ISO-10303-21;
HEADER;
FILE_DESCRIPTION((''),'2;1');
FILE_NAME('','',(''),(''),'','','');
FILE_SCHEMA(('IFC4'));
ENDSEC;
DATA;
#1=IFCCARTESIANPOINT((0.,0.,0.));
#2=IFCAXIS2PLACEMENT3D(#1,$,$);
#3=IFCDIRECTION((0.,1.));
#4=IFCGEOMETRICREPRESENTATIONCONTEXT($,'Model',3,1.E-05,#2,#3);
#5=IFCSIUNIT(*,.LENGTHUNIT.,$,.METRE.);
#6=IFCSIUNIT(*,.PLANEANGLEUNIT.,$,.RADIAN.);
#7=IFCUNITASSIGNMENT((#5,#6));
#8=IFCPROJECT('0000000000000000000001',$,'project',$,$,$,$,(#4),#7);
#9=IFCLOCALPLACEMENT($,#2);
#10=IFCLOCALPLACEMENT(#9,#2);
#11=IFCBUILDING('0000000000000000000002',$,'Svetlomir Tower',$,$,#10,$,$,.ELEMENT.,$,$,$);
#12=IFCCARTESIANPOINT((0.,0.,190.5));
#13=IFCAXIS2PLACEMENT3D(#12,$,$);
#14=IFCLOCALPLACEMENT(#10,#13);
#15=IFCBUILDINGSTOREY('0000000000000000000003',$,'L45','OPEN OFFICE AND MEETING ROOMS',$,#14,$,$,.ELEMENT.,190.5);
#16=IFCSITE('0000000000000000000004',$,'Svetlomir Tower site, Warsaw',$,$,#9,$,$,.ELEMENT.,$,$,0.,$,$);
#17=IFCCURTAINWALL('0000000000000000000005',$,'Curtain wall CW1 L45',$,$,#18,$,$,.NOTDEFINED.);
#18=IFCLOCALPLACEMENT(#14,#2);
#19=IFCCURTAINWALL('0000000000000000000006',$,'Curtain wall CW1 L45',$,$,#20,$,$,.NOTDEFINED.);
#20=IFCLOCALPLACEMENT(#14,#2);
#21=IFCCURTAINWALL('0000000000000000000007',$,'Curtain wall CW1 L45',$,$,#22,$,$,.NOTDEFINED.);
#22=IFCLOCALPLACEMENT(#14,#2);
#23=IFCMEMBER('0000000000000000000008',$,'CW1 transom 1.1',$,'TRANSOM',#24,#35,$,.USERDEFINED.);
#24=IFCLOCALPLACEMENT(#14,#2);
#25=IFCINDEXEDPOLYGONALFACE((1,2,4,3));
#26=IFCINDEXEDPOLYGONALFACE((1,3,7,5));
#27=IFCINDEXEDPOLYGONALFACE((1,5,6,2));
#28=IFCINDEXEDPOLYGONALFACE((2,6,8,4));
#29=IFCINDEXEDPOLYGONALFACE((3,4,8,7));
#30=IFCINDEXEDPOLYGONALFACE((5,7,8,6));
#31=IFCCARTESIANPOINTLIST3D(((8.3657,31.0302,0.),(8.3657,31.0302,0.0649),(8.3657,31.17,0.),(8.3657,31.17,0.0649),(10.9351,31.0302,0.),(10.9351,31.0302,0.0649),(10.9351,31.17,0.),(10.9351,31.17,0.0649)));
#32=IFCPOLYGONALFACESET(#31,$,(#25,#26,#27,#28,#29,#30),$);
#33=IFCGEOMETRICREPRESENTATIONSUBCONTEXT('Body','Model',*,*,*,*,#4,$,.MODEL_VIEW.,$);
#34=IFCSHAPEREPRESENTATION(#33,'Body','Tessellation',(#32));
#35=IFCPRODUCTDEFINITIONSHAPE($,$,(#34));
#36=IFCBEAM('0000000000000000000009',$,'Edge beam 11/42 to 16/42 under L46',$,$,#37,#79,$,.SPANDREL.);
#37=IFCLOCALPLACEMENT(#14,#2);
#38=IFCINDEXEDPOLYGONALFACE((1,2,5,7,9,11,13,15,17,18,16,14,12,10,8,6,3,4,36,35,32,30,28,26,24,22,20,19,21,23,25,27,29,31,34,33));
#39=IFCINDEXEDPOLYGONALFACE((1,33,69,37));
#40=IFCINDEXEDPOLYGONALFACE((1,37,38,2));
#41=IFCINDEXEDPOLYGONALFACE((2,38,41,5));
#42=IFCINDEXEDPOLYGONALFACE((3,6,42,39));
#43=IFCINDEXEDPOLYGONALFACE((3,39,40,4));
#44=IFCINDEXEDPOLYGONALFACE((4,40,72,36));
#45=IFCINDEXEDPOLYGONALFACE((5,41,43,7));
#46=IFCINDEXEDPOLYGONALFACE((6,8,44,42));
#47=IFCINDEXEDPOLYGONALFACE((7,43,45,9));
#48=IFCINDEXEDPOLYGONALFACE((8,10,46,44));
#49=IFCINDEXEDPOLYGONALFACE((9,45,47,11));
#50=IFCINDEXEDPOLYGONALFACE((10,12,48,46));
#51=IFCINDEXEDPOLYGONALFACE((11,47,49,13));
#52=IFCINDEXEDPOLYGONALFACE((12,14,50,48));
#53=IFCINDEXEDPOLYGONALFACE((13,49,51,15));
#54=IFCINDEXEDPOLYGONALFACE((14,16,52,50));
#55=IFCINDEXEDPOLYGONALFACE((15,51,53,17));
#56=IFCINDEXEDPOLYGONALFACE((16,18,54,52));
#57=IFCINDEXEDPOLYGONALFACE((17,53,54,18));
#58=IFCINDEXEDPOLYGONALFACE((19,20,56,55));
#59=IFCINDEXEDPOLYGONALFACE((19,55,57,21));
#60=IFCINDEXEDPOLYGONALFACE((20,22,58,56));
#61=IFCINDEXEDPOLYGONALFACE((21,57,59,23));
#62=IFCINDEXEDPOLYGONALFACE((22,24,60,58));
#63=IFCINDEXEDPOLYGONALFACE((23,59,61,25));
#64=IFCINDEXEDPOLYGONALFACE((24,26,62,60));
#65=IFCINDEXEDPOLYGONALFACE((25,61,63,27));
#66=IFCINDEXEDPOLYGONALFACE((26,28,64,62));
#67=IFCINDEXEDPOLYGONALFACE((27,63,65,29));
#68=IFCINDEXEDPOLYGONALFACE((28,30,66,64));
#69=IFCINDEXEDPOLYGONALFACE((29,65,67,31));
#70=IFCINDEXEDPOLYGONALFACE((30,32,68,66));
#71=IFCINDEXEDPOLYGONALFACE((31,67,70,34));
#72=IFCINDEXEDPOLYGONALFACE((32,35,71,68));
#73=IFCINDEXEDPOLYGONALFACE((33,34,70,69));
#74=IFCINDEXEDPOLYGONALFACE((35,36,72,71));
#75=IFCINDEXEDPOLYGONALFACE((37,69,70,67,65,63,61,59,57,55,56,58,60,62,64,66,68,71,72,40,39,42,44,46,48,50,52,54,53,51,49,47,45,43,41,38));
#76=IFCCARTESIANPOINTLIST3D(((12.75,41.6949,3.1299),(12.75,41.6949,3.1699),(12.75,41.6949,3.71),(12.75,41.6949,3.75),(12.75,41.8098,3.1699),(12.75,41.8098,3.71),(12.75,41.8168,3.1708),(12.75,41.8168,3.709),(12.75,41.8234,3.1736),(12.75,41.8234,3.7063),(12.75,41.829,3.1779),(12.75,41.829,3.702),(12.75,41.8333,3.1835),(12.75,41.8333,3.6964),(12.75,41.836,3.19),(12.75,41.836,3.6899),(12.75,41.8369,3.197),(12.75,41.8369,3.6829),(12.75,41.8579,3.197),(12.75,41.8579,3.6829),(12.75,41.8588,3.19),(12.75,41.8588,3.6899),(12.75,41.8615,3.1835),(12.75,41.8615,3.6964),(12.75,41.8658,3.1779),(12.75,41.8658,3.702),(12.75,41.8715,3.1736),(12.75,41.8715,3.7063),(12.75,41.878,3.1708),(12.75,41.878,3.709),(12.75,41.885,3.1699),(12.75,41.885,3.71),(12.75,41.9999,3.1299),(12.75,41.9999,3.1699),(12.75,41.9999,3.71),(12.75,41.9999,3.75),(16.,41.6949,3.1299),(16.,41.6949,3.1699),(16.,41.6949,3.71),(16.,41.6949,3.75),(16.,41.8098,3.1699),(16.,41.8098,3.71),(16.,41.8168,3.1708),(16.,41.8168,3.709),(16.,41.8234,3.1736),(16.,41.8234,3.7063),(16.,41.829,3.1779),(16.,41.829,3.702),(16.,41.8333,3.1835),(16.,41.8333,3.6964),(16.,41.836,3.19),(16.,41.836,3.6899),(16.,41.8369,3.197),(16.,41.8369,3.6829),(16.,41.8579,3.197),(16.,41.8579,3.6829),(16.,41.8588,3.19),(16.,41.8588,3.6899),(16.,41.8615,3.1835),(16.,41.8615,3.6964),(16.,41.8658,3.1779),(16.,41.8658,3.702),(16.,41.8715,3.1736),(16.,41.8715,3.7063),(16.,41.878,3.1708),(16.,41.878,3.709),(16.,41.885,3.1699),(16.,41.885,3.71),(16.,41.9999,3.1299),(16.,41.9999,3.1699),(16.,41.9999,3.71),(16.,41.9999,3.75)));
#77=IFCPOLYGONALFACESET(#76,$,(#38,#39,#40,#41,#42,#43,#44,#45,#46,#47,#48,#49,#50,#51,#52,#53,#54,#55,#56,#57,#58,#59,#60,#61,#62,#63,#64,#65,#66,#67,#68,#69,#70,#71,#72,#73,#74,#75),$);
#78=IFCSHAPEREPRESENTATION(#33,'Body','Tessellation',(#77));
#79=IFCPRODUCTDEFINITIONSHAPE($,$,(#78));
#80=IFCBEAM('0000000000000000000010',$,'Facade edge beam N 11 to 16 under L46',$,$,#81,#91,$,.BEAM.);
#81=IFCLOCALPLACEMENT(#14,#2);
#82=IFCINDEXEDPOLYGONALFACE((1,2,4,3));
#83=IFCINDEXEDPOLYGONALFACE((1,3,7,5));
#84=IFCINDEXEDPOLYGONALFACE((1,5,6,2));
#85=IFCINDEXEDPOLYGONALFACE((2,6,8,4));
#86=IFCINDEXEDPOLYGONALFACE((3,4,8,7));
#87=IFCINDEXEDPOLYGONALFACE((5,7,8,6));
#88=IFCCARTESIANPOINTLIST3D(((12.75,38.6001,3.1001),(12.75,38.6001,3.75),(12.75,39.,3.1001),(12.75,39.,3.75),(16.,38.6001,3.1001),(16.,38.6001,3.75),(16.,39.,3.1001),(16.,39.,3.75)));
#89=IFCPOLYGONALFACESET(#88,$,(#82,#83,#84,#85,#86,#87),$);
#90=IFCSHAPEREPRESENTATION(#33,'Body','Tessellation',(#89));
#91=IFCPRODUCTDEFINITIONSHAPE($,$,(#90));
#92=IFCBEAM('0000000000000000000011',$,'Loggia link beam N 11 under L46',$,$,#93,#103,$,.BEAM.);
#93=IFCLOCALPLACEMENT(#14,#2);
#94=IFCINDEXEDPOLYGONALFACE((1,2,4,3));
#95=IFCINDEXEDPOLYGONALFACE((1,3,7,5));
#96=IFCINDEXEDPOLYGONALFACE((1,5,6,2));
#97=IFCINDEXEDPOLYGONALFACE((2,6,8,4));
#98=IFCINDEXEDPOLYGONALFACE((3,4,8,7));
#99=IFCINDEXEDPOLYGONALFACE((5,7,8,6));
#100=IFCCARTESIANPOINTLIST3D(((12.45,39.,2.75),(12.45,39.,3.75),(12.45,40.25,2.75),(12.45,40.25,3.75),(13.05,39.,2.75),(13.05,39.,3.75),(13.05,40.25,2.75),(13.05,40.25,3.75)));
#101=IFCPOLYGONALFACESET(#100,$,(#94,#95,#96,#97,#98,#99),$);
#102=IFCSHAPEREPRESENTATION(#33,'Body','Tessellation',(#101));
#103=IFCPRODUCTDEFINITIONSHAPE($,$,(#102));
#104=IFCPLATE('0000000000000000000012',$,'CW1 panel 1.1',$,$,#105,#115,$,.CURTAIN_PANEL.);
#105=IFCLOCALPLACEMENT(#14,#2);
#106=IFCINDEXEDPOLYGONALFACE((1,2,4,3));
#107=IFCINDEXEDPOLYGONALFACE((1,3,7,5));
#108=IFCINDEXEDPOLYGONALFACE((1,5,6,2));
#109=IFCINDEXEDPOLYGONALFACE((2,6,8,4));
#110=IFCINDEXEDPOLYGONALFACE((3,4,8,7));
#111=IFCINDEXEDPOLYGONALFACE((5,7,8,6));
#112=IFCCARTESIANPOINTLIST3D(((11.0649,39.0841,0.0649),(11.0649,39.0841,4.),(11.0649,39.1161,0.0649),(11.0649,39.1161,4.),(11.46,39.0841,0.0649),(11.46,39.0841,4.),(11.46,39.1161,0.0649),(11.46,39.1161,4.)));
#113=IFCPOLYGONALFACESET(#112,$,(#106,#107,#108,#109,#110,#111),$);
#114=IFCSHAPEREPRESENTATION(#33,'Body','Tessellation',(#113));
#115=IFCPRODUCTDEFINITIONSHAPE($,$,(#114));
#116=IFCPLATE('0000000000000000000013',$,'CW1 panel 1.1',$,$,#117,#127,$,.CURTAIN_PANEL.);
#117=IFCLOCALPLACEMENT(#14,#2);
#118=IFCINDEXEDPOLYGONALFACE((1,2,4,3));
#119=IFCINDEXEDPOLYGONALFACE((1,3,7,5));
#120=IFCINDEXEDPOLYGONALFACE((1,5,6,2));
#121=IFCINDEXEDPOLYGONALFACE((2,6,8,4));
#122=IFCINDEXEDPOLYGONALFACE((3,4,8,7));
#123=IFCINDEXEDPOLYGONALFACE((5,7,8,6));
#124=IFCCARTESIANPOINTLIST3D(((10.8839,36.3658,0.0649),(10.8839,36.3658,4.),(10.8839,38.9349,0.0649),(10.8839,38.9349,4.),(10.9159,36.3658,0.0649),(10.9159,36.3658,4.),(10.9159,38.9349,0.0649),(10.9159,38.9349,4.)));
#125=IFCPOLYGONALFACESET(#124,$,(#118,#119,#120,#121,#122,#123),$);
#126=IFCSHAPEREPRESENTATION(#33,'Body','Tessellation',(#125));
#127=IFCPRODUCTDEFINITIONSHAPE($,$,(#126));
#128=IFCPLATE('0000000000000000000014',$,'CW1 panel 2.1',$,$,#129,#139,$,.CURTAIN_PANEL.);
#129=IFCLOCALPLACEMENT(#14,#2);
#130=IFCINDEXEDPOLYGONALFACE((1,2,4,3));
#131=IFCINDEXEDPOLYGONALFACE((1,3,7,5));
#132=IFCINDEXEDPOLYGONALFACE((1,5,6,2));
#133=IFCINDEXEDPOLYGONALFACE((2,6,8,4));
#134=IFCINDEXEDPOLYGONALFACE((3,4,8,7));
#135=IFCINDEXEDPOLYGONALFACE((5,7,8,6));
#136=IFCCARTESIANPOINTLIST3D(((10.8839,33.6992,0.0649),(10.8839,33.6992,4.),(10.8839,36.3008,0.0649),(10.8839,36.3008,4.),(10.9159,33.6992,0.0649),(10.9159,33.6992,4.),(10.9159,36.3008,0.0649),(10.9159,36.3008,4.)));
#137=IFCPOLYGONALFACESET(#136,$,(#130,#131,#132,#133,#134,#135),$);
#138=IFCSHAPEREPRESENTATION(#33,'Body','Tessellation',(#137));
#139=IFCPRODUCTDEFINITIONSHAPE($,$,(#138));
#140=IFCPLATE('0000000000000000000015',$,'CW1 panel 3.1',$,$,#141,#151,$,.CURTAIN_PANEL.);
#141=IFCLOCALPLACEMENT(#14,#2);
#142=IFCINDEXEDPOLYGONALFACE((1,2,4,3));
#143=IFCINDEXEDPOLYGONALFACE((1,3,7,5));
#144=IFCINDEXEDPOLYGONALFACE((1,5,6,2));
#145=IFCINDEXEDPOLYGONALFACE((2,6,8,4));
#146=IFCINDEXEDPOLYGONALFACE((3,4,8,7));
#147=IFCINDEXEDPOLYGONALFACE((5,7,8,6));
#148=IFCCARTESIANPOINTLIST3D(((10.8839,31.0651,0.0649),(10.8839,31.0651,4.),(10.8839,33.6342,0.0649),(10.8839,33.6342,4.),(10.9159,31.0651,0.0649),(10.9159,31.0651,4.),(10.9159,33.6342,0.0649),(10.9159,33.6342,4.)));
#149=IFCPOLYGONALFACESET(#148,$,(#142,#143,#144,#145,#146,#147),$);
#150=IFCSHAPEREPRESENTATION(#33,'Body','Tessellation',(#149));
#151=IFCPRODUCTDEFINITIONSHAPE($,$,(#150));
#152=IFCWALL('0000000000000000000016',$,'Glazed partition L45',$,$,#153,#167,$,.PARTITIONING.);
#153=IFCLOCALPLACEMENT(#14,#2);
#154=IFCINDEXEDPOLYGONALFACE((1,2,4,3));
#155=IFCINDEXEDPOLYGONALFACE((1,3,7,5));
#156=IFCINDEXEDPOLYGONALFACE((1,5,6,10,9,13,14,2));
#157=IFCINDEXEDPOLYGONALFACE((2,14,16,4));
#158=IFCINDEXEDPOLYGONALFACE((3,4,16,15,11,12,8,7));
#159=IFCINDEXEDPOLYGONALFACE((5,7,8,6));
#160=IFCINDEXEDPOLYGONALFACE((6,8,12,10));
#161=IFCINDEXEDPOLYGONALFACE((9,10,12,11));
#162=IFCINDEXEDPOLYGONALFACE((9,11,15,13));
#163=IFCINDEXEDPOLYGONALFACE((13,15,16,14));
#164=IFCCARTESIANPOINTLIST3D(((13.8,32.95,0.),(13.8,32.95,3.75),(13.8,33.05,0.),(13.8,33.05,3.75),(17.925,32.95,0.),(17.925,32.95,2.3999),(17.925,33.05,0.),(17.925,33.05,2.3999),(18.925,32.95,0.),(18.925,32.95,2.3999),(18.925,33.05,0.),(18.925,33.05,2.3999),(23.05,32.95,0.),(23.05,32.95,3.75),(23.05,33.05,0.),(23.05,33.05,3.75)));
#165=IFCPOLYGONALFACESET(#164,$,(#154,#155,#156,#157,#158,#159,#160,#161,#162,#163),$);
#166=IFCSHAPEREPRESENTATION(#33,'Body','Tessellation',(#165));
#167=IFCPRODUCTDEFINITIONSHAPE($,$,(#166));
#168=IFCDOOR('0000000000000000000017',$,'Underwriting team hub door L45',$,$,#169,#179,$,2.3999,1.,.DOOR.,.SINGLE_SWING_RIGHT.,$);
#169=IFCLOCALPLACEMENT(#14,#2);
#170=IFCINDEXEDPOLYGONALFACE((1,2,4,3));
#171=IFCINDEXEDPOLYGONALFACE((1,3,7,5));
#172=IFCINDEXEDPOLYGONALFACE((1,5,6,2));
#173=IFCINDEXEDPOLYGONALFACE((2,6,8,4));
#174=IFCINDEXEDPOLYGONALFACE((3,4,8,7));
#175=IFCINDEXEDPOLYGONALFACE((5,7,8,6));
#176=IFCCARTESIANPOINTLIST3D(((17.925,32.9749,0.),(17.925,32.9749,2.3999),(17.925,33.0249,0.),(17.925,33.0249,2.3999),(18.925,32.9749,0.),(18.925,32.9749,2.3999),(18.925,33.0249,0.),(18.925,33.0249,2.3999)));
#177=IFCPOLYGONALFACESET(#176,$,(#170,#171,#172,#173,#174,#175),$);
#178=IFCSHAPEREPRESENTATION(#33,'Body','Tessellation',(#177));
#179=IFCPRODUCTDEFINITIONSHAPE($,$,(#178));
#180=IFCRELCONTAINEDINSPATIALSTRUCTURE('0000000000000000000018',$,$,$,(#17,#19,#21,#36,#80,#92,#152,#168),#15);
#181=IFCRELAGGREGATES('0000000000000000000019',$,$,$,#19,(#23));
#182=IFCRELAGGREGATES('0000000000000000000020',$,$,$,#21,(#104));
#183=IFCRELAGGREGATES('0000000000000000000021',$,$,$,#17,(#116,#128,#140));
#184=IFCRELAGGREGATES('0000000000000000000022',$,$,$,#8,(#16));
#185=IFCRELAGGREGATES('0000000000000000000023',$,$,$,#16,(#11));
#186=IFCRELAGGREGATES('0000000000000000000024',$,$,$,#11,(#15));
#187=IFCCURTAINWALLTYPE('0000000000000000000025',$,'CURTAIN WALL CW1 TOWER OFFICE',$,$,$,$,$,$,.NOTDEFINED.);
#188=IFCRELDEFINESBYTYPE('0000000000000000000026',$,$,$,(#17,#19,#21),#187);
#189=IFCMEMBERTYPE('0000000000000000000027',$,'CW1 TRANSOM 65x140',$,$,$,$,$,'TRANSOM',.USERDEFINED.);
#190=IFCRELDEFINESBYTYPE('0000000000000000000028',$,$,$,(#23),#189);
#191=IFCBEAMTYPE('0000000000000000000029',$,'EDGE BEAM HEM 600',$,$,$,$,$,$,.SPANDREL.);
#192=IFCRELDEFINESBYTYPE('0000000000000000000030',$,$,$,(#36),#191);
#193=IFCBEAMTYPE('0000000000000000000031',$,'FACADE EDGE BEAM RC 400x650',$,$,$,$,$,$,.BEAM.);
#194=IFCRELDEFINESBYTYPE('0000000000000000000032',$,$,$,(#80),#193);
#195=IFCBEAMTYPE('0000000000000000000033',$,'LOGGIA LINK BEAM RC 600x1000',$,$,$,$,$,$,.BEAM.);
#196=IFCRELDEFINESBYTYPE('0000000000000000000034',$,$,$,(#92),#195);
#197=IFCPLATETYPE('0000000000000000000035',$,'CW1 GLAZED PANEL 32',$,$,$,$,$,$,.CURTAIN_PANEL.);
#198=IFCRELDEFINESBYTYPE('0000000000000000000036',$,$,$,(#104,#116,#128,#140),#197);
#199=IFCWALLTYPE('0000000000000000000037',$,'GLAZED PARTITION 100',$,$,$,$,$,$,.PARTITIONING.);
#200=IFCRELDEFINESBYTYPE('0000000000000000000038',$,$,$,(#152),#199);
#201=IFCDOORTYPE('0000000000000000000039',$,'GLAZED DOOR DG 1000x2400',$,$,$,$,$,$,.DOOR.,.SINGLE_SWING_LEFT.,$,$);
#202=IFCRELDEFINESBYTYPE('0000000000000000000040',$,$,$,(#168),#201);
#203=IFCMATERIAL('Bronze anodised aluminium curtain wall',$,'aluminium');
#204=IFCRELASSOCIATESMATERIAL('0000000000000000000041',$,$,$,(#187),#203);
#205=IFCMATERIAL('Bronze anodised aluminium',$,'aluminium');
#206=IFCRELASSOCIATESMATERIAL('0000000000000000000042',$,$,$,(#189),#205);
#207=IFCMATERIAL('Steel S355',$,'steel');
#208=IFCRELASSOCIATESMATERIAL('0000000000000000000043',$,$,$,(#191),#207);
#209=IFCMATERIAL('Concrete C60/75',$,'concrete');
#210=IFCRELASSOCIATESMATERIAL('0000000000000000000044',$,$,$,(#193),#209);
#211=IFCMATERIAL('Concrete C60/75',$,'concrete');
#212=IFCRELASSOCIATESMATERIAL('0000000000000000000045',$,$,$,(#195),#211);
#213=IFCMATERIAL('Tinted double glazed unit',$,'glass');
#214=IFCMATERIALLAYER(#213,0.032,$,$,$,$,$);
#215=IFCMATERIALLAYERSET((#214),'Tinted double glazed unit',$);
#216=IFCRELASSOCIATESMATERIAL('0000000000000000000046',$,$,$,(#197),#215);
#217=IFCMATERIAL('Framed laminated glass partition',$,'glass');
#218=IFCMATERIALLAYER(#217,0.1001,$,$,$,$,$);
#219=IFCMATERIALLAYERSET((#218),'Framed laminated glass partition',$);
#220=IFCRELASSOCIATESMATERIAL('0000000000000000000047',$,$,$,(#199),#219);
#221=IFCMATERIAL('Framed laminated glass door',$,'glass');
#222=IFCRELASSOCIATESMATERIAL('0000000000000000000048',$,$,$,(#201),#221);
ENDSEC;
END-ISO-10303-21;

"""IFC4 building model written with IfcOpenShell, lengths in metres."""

from ifc_helpers import new_model, si_unit, direction, frame, frame_2d, origin, origin_2d, place, context, subcontext, project, spatial, rectangle, i_section, extrude, material, layer, layer_set, material_profile, profile_set, type_object, element, fill, aggregate, save


model = new_model("IFC4")

# Units and contexts
model_context = context("Model", 3, precision=1e-05, world=origin(), true_north=direction((0.0, 1.0)))
body_context = subcontext(model_context, "Body", "Model", "MODEL_VIEW")
ifc_project = project(units=[si_unit("LENGTHUNIT", "METRE"), si_unit("PLANEANGLEUNIT", "RADIAN")], contexts=[model_context])

# Site, building, storey
site_placement = place(None, origin())
site = spatial("IfcSite", under=ifc_project, at=site_placement, Name="Svetlomir Tower site, Warsaw", CompositionType="ELEMENT", RefElevation=0.0)
building_placement = place(site_placement, origin())
building = spatial("IfcBuilding", under=site, at=building_placement, Name="Svetlomir Tower", CompositionType="ELEMENT")
storey_placement = place(building_placement, frame((0.0, 0.0, 190.5)))
storey = spatial("IfcBuildingStorey", under=building, at=storey_placement, Name="L45", Description="OPEN OFFICE AND MEETING ROOMS", CompositionType="ELEMENT", Elevation=190.5)

# Curtain walls
ifc_material_1 = material(Name="Bronze anodised aluminium curtain wall", Category="aluminium")
curtain_wall_type = type_object("IfcCurtainWallType", Name="CURTAIN WALL CW1 TOWER OFFICE", PredefinedType="NOTDEFINED", material=ifc_material_1)
curtain_wall_1_placement = place(storey_placement, origin())
curtain_wall_1 = element("IfcCurtainWall", 1, at=curtain_wall_1_placement, inside=storey, type_object=curtain_wall_type, Name="Curtain wall CW1 L45", PredefinedType="NOTDEFINED")
curtain_wall_2_placement = place(storey_placement, origin())
curtain_wall_2 = element("IfcCurtainWall", 2, at=curtain_wall_2_placement, inside=storey, type_object=curtain_wall_type, Name="Curtain wall CW1 L45", PredefinedType="NOTDEFINED")

# Curtain wall
curtain_wall_3_placement = place(storey_placement, origin())
curtain_wall_3 = element("IfcCurtainWall", 3, at=curtain_wall_3_placement, inside=storey, type_object=curtain_wall_type, Name="Curtain wall CW1 L45", PredefinedType="NOTDEFINED")

# Member
ifc_material_2 = material(Name="Bronze anodised aluminium", Category="aluminium")
ifc_material_profile_1 = material_profile(ifc_material_2, rectangle(XDim=0.1399, YDim=0.0649, at=origin_2d()), Name="AL 140x65")
ifc_profile_set_1 = profile_set([ifc_material_profile_1], Name="Bronze anodised aluminium 6063-T6")
member_type_1 = type_object("IfcMemberType", Name="CW1 TRANSOM 65x140", ElementType="TRANSOM", PredefinedType="USERDEFINED", material=ifc_profile_set_1)
member_1_placement = place(storey_placement, frame((10.9351, 31.1001, 0.0325), z_axis=(-1.0, 0.0, 0.0), x_axis=(0.0, -1.0, 0.0)))
member_1 = element("IfcMember", 4, at=member_1_placement, type_object=member_type_1, Name="CW1 transom 1.1", ObjectType="TRANSOM", PredefinedType="USERDEFINED", context=body_context, shape_type="SweptSolid", body=[
    extrude(rectangle(XDim=0.1399, YDim=0.0649, at=origin_2d()), origin(), (0.0, 0.0, 1.0), 2.5693),
])
aggregate(curtain_wall_2, [member_1])

# Beams
ifc_material_3 = material(Name="Steel S355", Category="steel")
ifc_material_profile_2 = material_profile(ifc_material_3, i_section(OverallWidth=0.3049, OverallDepth=0.6201, WebThickness=0.021, FlangeThickness=0.04, FilletRadius=0.0271, at=origin_2d()), Name="HEM 600")
ifc_profile_set_2 = profile_set([ifc_material_profile_2], Name="Steel S355")
beam_type_1 = type_object("IfcBeamType", Name="EDGE BEAM HEM 600", PredefinedType="SPANDREL", material=ifc_profile_set_2)
beam_1_placement = place(storey_placement, frame((12.75, 41.8474, 3.4399), z_axis=(1.0, 0.0, 0.0), x_axis=(0.0, 1.0, 0.0)))
element("IfcBeam", 5, at=beam_1_placement, inside=storey, type_object=beam_type_1, Name="Edge beam 11/42 to 16/42 under L46", PredefinedType="SPANDREL", context=body_context, shape_type="SweptSolid", body=[
    extrude(i_section(OverallWidth=0.3049, OverallDepth=0.6201, WebThickness=0.021, FlangeThickness=0.04, FilletRadius=0.0271, at=origin_2d()), origin(), (0.0, 0.0, 1.0), 3.25),
])
ifc_material_4 = material(Name="Concrete C60/75", Category="concrete")
ifc_material_profile_3 = material_profile(ifc_material_4, rectangle(XDim=0.3999, YDim=0.6499, at=origin_2d()), Name="RC 400x650")
ifc_profile_set_3 = profile_set([ifc_material_profile_3], Name="Concrete C60/75")
beam_type_2 = type_object("IfcBeamType", Name="FACADE EDGE BEAM RC 400x650", PredefinedType="BEAM", material=ifc_profile_set_3)
beam_2_placement = place(storey_placement, frame((12.75, 38.8, 3.425), z_axis=(1.0, 0.0, 0.0), x_axis=(0.0, 1.0, 0.0)))
element("IfcBeam", 6, at=beam_2_placement, inside=storey, type_object=beam_type_2, Name="Facade edge beam N 11 to 16 under L46", PredefinedType="BEAM", context=body_context, shape_type="SweptSolid", body=[
    extrude(rectangle(XDim=0.3999, YDim=0.6499, at=origin_2d()), origin(), (0.0, 0.0, 1.0), 3.25),
])
ifc_material_5 = material(Name="Concrete C60/75", Category="concrete")
ifc_material_profile_4 = material_profile(ifc_material_5, rectangle(XDim=0.6001, YDim=1.0, at=origin_2d()), Name="RC 600x1000")
ifc_profile_set_4 = profile_set([ifc_material_profile_4], Name="Concrete C60/75")
beam_type_3 = type_object("IfcBeamType", Name="LOGGIA LINK BEAM RC 600x1000", PredefinedType="BEAM", material=ifc_profile_set_4)
beam_3_placement = place(storey_placement, frame((12.75, 40.25, 3.25), z_axis=(0.0, -1.0, 0.0), x_axis=(1.0, 0.0, 0.0)))
element("IfcBeam", 7, at=beam_3_placement, inside=storey, type_object=beam_type_3, Name="Loggia link beam N 11 under L46", PredefinedType="BEAM", context=body_context, shape_type="SweptSolid", body=[
    extrude(rectangle(XDim=0.6001, YDim=1.0, at=origin_2d()), origin(), (0.0, 0.0, 1.0), 1.25),
])

# Plates
ifc_material_6 = material(Name="Tinted double glazed unit", Category="glass")
ifc_layer_1 = layer(ifc_material_6, 0.032)
ifc_layer_set_1 = layer_set([ifc_layer_1], Name="Tinted double glazed unit")
plate_type = type_object("IfcPlateType", Name="CW1 GLAZED PANEL 32", PredefinedType="CURTAIN_PANEL", material=ifc_layer_set_1)
plate_1_placement = place(storey_placement, frame((11.2625, 39.1001, 0.0649), z_axis=(0.0, 0.0, 1.0), x_axis=(-1.0, 0.0, 0.0)))
plate_1 = element("IfcPlate", 8, at=plate_1_placement, type_object=plate_type, Name="CW1 panel 1.1", PredefinedType="CURTAIN_PANEL", context=body_context, shape_type="SweptSolid", body=[
    extrude(rectangle(XDim=0.395, YDim=0.032, at=origin_2d()), origin(), (0.0, 0.0, 1.0), 3.9351),
])
aggregate(curtain_wall_3, [plate_1])
plate_2_placement = place(storey_placement, frame((10.8999, 37.6504, 0.0649), z_axis=(0.0, 0.0, 1.0), x_axis=(0.0, -1.0, 0.0)))
plate_2 = element("IfcPlate", 9, at=plate_2_placement, type_object=plate_type, Name="CW1 panel 1.1", PredefinedType="CURTAIN_PANEL", context=body_context, shape_type="SweptSolid", body=[
    extrude(rectangle(XDim=2.5691, YDim=0.032, at=origin_2d()), origin(), (0.0, 0.0, 1.0), 3.9351),
])
plate_3_placement = place(storey_placement, frame((10.8999, 35.0, 0.0649), z_axis=(0.0, 0.0, 1.0), x_axis=(0.0, -1.0, 0.0)))
plate_3 = element("IfcPlate", 10, at=plate_3_placement, type_object=plate_type, Name="CW1 panel 2.1", PredefinedType="CURTAIN_PANEL", context=body_context, shape_type="SweptSolid", body=[
    extrude(rectangle(XDim=2.6016, YDim=0.032, at=origin_2d()), origin(), (0.0, 0.0, 1.0), 3.9351),
])
plate_4_placement = place(storey_placement, frame((10.8999, 32.3496, 0.0649), z_axis=(0.0, 0.0, 1.0), x_axis=(0.0, -1.0, 0.0)))
plate_4 = element("IfcPlate", 11, at=plate_4_placement, type_object=plate_type, Name="CW1 panel 3.1", PredefinedType="CURTAIN_PANEL", context=body_context, shape_type="SweptSolid", body=[
    extrude(rectangle(XDim=2.5691, YDim=0.032, at=origin_2d()), origin(), (0.0, 0.0, 1.0), 3.9351),
])
aggregate(curtain_wall_1, [plate_2, plate_3, plate_4])

# Wall, opening, door
ifc_material_7 = material(Name="Framed laminated glass partition", Category="glass")
ifc_layer_2 = layer(ifc_material_7, 0.1001)
ifc_layer_set_2 = layer_set([ifc_layer_2], Name="Framed laminated glass partition")
wall_type_1 = type_object("IfcWallType", Name="GLAZED PARTITION 100", PredefinedType="PARTITIONING", material=ifc_layer_set_2)
wall_1_placement = place(storey_placement, frame((13.8, 33.0, 0.0), z_axis=(0.0, 0.0, 1.0), x_axis=(1.0, 0.0, 0.0)))
wall_1 = element("IfcWall", 12, at=wall_1_placement, inside=storey, type_object=wall_type_1, Name="Glazed partition L45", PredefinedType="PARTITIONING", context=body_context, shape_type="SweptSolid", body=[
    extrude(rectangle(XDim=9.25, YDim=0.1001, at=frame_2d((4.625, 0.0))), origin(), (0.0, 0.0, 1.0), 3.75),
])
opening_1_placement = place(wall_1_placement, frame((4.125, 0.0, 0.0)))
opening_1 = element("IfcOpeningElement", 13, at=opening_1_placement, cuts=wall_1, PredefinedType="OPENING", context=body_context, shape_type="SweptSolid", body=[
    extrude(rectangle(XDim=1.0, YDim=2.3999, at=frame_2d((0.5, 1.2))), frame((0.0, 0.0601, 0.0), z_axis=(0.0, -1.0, 0.0), x_axis=(1.0, 0.0, 0.0)), (0.0, 0.0, 1.0), 0.1201),
])
ifc_material_8 = material(Name="Framed laminated glass door", Category="glass")
door_type_1 = type_object("IfcDoorType", Name="GLAZED DOOR DG 1000x2400", OperationType="SINGLE_SWING_LEFT", PredefinedType="DOOR", material=ifc_material_8)
door_1_placement = place(opening_1_placement, origin())
door_1 = element("IfcDoor", 14, at=door_1_placement, inside=storey, type_object=door_type_1, Name="Underwriting team hub door L45", OperationType="SINGLE_SWING_RIGHT", OverallHeight=2.3999, OverallWidth=1.0, PredefinedType="DOOR", context=body_context, shape_type="SweptSolid", body=[
    extrude(rectangle(XDim=1.0, YDim=2.3999, at=frame_2d((0.5, 1.2))), frame((0.0, 0.0249, 0.0), z_axis=(0.0, -1.0, 0.0), x_axis=(1.0, 0.0, 0.0)), (0.0, 0.0, 1.0), 0.05),
])
fill(opening_1, door_1)

save(model, "model.ifc")
